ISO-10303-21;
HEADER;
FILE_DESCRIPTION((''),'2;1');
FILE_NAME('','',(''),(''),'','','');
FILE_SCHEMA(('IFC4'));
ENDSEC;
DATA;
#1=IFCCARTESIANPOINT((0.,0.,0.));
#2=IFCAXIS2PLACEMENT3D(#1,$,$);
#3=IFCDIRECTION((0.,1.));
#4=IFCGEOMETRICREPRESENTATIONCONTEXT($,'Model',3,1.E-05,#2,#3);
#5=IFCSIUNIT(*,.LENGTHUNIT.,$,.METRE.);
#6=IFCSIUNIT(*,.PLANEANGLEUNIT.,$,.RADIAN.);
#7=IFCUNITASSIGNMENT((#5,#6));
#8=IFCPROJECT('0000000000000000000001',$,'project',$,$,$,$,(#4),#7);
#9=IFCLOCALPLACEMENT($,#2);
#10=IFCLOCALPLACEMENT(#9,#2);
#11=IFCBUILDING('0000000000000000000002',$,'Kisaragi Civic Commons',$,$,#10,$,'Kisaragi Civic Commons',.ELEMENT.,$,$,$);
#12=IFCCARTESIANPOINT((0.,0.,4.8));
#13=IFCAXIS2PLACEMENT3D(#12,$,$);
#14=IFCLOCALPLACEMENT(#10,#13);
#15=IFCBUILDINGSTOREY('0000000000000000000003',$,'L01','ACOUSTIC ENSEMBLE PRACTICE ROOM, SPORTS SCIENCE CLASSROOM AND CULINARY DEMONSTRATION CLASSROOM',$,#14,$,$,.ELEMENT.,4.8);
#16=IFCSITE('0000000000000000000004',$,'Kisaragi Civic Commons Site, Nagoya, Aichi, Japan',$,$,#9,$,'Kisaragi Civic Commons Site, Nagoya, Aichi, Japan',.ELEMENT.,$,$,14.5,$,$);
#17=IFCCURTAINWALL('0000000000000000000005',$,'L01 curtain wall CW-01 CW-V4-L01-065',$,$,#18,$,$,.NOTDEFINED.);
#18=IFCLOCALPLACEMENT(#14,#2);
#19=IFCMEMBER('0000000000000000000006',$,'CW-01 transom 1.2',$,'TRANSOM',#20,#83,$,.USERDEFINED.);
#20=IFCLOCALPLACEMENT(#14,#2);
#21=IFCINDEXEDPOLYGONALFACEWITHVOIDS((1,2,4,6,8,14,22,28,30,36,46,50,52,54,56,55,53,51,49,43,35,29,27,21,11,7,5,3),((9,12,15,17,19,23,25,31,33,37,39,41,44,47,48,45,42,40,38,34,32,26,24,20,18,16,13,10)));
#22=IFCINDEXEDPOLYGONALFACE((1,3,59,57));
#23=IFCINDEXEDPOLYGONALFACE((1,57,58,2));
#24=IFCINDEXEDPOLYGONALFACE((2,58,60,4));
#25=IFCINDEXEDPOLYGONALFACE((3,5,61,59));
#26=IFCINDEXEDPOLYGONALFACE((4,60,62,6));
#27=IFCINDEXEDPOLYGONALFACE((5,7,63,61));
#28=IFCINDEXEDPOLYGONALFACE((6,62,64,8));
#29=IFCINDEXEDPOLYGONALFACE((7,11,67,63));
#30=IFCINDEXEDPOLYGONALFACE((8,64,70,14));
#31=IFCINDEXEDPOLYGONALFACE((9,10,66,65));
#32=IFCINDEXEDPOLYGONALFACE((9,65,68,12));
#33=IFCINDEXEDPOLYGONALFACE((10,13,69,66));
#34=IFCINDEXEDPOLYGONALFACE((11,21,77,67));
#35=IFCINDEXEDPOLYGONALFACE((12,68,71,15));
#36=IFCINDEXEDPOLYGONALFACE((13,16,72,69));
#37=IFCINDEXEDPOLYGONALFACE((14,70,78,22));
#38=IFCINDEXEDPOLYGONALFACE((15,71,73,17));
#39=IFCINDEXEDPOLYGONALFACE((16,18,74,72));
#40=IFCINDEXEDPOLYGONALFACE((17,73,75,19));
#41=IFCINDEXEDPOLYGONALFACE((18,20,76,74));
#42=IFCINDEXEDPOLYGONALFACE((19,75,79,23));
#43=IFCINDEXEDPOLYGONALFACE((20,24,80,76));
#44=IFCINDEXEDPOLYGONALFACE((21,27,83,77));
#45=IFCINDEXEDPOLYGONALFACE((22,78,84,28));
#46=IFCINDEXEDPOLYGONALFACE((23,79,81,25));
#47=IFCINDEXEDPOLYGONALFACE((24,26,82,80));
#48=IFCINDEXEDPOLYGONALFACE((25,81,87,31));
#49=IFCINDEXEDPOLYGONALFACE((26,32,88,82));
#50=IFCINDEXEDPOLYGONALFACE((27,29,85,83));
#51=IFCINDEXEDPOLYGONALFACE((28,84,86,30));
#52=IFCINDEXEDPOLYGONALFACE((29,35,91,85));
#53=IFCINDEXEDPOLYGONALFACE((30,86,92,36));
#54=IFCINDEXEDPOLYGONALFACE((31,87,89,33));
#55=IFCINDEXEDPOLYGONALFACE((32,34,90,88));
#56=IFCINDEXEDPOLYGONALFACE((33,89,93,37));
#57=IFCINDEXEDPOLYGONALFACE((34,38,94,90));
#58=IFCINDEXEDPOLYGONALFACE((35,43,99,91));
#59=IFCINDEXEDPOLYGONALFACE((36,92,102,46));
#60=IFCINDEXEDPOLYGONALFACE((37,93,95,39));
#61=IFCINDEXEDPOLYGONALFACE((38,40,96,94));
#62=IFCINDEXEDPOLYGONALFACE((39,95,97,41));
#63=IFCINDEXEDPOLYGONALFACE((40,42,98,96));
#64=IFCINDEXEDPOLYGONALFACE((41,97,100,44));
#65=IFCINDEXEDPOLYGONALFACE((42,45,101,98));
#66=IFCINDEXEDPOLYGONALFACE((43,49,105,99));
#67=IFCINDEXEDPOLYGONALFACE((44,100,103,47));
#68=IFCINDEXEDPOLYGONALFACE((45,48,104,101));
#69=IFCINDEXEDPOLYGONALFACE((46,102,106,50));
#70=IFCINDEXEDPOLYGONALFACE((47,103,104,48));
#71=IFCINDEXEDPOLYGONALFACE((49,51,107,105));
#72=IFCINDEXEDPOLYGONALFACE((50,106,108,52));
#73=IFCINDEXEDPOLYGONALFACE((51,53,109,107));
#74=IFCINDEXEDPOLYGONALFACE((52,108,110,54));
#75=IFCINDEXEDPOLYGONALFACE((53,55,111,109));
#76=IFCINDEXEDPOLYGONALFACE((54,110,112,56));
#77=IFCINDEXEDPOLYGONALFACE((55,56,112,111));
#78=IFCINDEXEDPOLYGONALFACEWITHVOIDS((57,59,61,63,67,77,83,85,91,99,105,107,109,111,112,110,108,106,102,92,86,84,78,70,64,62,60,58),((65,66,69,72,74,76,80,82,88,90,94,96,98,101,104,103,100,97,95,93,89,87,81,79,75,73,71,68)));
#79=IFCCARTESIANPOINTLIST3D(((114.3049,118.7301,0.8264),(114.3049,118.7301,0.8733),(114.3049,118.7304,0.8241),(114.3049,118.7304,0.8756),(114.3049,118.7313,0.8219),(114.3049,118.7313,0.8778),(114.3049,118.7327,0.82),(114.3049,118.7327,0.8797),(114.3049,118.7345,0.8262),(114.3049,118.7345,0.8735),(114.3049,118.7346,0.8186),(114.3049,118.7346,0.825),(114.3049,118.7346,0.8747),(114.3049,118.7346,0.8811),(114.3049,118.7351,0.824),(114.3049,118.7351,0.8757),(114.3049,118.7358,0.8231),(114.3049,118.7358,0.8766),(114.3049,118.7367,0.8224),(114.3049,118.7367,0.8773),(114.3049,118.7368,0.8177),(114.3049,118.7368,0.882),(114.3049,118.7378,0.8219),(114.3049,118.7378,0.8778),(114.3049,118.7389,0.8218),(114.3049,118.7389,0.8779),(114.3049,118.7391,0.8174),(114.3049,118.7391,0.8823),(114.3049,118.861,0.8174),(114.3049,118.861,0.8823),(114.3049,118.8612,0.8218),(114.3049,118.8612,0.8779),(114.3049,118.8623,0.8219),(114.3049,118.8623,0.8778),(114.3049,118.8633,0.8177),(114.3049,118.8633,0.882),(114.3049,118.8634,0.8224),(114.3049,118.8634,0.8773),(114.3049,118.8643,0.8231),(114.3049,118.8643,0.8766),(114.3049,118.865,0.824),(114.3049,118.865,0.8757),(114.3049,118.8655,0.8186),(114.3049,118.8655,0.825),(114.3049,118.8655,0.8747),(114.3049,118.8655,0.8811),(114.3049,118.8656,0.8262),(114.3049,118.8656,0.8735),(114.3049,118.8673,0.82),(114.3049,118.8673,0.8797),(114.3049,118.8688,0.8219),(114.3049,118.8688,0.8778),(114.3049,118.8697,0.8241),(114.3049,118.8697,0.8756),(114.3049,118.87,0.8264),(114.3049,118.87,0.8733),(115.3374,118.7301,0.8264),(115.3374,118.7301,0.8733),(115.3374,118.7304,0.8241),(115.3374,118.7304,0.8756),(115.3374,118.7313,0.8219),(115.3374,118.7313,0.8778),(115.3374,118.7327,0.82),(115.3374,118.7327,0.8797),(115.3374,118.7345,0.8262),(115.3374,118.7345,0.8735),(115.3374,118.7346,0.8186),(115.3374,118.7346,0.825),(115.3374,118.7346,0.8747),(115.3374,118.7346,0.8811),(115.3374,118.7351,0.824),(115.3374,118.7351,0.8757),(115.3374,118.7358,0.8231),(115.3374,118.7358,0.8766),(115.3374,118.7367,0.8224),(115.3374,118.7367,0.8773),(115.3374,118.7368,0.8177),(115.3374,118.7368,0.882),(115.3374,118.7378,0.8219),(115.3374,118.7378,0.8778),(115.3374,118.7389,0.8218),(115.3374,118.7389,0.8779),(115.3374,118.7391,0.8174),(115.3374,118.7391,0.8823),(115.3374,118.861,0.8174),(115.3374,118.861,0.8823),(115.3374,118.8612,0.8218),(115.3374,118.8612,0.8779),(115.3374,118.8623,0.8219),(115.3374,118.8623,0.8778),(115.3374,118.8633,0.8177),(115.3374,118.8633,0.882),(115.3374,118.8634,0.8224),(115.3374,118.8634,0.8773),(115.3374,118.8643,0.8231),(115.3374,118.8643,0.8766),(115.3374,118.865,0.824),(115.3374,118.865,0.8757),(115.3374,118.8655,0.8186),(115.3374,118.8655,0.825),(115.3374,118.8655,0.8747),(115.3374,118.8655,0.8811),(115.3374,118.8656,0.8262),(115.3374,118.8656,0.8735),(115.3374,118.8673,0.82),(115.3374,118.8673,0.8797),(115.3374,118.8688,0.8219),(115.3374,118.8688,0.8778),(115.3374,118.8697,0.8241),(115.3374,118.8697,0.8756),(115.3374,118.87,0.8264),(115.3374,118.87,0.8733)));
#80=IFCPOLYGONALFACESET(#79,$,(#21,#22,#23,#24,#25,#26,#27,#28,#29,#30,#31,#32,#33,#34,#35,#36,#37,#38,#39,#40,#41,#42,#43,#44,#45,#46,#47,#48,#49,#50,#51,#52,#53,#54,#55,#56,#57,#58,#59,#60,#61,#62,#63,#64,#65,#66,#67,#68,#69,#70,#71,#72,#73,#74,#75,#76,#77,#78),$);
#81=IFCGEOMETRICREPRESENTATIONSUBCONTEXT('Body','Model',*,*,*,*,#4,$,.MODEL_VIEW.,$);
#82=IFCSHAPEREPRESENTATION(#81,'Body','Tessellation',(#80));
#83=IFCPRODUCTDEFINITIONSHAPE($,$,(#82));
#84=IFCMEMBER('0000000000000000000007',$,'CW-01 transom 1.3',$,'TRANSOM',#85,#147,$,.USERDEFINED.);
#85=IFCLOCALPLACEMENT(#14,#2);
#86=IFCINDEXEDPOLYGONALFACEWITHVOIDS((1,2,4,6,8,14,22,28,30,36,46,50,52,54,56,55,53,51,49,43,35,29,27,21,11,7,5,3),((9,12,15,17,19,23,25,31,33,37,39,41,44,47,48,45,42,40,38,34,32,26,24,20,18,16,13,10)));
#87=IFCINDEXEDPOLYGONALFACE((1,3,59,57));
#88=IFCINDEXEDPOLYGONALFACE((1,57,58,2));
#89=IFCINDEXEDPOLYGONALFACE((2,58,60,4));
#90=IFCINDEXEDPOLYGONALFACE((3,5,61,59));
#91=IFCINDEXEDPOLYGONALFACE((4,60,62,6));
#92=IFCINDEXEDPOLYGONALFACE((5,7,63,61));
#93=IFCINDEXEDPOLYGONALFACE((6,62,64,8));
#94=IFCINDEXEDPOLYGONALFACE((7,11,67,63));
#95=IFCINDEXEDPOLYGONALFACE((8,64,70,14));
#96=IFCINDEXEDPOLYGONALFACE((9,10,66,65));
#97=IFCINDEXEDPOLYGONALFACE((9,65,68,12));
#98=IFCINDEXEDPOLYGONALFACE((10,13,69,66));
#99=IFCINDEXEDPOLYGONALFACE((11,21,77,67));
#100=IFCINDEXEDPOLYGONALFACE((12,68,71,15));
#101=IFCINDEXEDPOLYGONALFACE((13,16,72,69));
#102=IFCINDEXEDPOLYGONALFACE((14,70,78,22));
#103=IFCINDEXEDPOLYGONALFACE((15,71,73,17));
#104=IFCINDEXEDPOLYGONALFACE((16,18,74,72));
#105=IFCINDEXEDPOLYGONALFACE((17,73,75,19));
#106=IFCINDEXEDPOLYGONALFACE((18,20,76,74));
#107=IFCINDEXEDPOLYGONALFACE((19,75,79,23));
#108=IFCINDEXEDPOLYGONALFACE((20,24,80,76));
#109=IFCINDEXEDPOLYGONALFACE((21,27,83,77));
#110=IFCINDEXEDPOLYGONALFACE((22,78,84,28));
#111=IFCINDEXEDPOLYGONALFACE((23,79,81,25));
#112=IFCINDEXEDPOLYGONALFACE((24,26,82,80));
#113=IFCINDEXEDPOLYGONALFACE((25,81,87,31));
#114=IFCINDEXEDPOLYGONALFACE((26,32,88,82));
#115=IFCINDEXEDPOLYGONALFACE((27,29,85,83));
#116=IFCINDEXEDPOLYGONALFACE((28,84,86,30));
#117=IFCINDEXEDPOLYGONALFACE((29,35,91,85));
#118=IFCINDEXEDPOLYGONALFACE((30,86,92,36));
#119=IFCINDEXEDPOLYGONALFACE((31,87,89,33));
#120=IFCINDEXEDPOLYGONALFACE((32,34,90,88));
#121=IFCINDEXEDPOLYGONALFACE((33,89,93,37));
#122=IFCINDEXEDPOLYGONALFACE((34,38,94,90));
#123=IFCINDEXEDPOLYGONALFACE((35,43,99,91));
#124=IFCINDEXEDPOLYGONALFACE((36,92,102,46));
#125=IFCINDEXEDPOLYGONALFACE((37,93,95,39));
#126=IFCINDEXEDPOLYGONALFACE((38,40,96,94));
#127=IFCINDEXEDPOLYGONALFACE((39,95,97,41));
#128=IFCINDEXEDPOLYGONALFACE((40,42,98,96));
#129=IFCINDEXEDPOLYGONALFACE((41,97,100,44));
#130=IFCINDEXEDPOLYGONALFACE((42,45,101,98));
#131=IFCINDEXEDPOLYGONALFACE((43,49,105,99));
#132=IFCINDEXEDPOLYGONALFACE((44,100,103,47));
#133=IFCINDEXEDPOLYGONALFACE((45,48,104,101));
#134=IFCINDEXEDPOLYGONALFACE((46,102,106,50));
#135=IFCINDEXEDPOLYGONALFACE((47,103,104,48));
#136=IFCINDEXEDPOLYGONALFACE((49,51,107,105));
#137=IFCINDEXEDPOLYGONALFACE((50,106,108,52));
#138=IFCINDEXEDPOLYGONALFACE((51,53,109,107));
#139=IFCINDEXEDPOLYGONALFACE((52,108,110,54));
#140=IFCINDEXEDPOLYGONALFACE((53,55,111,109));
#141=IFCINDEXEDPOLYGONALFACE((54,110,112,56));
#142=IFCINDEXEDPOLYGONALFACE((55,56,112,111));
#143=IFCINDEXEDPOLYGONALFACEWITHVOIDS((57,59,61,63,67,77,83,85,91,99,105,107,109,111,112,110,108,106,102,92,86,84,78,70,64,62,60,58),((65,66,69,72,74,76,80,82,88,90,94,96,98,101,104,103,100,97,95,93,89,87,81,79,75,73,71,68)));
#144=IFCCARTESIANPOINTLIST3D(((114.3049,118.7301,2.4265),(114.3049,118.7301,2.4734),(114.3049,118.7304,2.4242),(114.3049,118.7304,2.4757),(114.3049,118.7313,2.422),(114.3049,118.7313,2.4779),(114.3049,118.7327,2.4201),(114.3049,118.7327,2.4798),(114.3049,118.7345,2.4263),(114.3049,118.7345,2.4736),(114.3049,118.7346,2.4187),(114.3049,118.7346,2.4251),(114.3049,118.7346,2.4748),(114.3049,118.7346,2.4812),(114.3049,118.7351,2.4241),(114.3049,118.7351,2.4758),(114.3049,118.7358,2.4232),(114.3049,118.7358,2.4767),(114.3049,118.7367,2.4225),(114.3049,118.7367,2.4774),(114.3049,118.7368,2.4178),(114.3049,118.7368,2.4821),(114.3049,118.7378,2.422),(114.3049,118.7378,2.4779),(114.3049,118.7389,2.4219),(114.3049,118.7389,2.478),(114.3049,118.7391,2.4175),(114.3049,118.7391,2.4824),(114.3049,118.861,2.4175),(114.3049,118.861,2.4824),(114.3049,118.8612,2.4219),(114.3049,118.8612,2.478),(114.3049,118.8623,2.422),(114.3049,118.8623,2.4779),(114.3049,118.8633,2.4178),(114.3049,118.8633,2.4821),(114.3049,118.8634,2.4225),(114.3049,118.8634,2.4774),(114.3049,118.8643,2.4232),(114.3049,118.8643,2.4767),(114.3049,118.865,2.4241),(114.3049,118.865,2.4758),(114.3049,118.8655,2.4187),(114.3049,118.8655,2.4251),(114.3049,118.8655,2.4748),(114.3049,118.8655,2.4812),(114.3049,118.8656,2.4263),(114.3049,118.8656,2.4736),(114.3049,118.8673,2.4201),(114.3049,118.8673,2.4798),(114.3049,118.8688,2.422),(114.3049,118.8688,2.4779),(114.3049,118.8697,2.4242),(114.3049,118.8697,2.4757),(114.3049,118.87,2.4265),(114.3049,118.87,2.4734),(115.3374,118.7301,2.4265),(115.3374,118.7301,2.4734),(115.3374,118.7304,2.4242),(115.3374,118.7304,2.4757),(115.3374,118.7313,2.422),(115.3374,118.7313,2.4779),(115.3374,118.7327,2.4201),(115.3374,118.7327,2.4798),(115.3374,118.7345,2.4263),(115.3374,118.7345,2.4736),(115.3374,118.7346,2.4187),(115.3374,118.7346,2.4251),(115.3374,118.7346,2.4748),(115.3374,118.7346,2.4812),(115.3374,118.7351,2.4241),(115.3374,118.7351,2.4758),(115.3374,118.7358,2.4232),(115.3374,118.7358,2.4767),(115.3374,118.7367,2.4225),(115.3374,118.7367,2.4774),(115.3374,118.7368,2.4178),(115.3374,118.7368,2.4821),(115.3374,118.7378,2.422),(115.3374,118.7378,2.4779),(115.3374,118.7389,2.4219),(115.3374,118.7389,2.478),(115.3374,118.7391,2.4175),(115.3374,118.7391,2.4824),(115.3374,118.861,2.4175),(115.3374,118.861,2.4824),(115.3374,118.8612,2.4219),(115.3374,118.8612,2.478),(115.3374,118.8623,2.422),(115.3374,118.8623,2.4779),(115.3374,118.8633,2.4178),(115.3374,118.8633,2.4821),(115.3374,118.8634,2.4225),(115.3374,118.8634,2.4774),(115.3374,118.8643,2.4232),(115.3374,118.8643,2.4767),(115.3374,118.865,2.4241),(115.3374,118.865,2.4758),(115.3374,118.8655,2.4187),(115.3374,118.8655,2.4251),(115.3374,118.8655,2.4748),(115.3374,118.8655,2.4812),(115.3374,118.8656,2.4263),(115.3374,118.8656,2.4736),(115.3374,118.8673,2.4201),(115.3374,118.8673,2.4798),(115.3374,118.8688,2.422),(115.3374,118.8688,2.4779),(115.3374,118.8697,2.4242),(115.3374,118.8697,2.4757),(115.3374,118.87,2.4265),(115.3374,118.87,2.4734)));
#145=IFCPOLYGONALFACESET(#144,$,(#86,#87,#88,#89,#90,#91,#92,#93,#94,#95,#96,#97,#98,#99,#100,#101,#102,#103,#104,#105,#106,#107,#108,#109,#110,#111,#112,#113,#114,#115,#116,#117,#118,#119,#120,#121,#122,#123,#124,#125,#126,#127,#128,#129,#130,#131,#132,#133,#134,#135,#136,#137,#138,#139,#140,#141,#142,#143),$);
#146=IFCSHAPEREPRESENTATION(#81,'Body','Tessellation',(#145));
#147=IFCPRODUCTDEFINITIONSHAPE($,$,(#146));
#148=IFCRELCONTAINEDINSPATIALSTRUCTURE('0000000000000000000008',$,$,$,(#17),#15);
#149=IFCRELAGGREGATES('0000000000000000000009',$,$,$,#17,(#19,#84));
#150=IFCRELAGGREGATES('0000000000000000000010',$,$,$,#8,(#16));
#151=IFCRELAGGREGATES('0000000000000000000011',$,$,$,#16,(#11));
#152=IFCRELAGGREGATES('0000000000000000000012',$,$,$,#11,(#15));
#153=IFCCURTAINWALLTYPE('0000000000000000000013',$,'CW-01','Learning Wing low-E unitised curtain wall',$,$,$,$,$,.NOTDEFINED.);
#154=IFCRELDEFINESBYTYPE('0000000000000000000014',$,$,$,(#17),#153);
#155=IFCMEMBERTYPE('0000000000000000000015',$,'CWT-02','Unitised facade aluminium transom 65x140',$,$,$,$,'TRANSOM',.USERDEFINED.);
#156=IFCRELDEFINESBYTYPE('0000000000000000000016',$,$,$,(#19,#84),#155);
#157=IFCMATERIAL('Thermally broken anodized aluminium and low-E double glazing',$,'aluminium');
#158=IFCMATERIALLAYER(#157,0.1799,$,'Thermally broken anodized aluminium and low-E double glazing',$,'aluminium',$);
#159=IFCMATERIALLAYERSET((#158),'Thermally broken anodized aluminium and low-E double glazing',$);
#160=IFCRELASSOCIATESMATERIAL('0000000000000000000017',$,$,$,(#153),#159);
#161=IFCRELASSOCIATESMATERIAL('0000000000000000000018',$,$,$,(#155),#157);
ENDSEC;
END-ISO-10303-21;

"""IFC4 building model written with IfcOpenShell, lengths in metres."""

from ifc_helpers import new_model, si_unit, direction, frame, origin, origin_2d, place, context, subcontext, project, spatial, hollow_rectangle, extrude, material, layer, layer_set, material_profile, profile_set, type_object, element, aggregate, save


model = new_model("IFC4")

# Units and contexts
model_context = context("Model", 3, precision=1e-05, world=origin(), true_north=direction((0.0, 1.0)))
body_context = subcontext(model_context, "Body", "Model", "MODEL_VIEW")
ifc_project = project(units=[si_unit("LENGTHUNIT", "METRE"), si_unit("PLANEANGLEUNIT", "RADIAN")], contexts=[model_context])

# Site, building, storey
site_placement = place(None, origin())
site = spatial("IfcSite", under=ifc_project, at=site_placement, Name="Kisaragi Civic Commons Site, Nagoya, Aichi, Japan", LongName="Kisaragi Civic Commons Site, Nagoya, Aichi, Japan", CompositionType="ELEMENT", RefElevation=14.5)
building_placement = place(site_placement, origin())
building = spatial("IfcBuilding", under=site, at=building_placement, Name="Kisaragi Civic Commons", LongName="Kisaragi Civic Commons", CompositionType="ELEMENT")
storey_placement = place(building_placement, frame((0.0, 0.0, 4.8)))
storey = spatial("IfcBuildingStorey", under=building, at=storey_placement, Name="L01", Description="ACOUSTIC ENSEMBLE PRACTICE ROOM, SPORTS SCIENCE CLASSROOM AND CULINARY DEMONSTRATION CLASSROOM", CompositionType="ELEMENT", Elevation=4.8)

# Curtain wall, members
ifc_material_1 = material(Name="Thermally broken anodized aluminium and low-E double glazing", Category="aluminium")
ifc_layer_1 = layer(ifc_material_1, 0.1799, Name="Thermally broken anodized aluminium and low-E double glazing", Category="aluminium")
ifc_layer_set_1 = layer_set([ifc_layer_1], Name="Thermally broken anodized aluminium and low-E double glazing")
curtain_wall_type = type_object("IfcCurtainWallType", Name="CW-01", Description="Learning Wing low-E unitised curtain wall", PredefinedType="NOTDEFINED", material=ifc_layer_set_1)
curtain_wall_placement = place(storey_placement, origin())
curtain_wall = element("IfcCurtainWall", 1, at=curtain_wall_placement, inside=storey, type_object=curtain_wall_type, Name="L01 curtain wall CW-01 CW-V4-L01-065", PredefinedType="NOTDEFINED")
ifc_material_profile_1 = material_profile(ifc_material_1, hollow_rectangle(XDim=0.1399, YDim=0.0649, WallThickness=0.0044, InnerFilletRadius=0.0044, OuterFilletRadius=0.009, at=origin_2d()), Name="CWT-65x140x4.5", Category="aluminium")
ifc_profile_set_1 = profile_set([ifc_material_profile_1], Name="Thermally broken anodized aluminium and low-E double glazing")
member_type_1 = type_object("IfcMemberType", Name="CWT-02", Description="Unitised facade aluminium transom 65x140", ElementType="TRANSOM", PredefinedType="USERDEFINED", material=ifc_profile_set_1)
member_1_placement = place(storey_placement, frame((114.3049, 118.8, 0.8499), z_axis=(1.0, 0.0, 0.0), x_axis=(0.0, 1.0, 0.0)))
member_1 = element("IfcMember", 2, at=member_1_placement, type_object=member_type_1, Name="CW-01 transom 1.2", ObjectType="TRANSOM", PredefinedType="USERDEFINED", context=body_context, shape_type="SweptSolid", body=[
    extrude(hollow_rectangle(XDim=0.1399, YDim=0.0649, WallThickness=0.0044, InnerFilletRadius=0.0044, OuterFilletRadius=0.009, at=origin_2d()), origin(), (0.0, 0.0, 1.0), 1.0325),
])
member_2_placement = place(storey_placement, frame((114.3049, 118.8, 2.45), z_axis=(1.0, 0.0, 0.0), x_axis=(0.0, 1.0, 0.0)))
member_2 = element("IfcMember", 3, at=member_2_placement, type_object=member_type_1, Name="CW-01 transom 1.3", ObjectType="TRANSOM", PredefinedType="USERDEFINED", context=body_context, shape_type="SweptSolid", body=[
    extrude(hollow_rectangle(XDim=0.1399, YDim=0.0649, WallThickness=0.0044, InnerFilletRadius=0.0044, OuterFilletRadius=0.009, at=origin_2d()), origin(), (0.0, 0.0, 1.0), 1.0325),
])
aggregate(curtain_wall, [member_1, member_2])

save(model, "model.ifc")
